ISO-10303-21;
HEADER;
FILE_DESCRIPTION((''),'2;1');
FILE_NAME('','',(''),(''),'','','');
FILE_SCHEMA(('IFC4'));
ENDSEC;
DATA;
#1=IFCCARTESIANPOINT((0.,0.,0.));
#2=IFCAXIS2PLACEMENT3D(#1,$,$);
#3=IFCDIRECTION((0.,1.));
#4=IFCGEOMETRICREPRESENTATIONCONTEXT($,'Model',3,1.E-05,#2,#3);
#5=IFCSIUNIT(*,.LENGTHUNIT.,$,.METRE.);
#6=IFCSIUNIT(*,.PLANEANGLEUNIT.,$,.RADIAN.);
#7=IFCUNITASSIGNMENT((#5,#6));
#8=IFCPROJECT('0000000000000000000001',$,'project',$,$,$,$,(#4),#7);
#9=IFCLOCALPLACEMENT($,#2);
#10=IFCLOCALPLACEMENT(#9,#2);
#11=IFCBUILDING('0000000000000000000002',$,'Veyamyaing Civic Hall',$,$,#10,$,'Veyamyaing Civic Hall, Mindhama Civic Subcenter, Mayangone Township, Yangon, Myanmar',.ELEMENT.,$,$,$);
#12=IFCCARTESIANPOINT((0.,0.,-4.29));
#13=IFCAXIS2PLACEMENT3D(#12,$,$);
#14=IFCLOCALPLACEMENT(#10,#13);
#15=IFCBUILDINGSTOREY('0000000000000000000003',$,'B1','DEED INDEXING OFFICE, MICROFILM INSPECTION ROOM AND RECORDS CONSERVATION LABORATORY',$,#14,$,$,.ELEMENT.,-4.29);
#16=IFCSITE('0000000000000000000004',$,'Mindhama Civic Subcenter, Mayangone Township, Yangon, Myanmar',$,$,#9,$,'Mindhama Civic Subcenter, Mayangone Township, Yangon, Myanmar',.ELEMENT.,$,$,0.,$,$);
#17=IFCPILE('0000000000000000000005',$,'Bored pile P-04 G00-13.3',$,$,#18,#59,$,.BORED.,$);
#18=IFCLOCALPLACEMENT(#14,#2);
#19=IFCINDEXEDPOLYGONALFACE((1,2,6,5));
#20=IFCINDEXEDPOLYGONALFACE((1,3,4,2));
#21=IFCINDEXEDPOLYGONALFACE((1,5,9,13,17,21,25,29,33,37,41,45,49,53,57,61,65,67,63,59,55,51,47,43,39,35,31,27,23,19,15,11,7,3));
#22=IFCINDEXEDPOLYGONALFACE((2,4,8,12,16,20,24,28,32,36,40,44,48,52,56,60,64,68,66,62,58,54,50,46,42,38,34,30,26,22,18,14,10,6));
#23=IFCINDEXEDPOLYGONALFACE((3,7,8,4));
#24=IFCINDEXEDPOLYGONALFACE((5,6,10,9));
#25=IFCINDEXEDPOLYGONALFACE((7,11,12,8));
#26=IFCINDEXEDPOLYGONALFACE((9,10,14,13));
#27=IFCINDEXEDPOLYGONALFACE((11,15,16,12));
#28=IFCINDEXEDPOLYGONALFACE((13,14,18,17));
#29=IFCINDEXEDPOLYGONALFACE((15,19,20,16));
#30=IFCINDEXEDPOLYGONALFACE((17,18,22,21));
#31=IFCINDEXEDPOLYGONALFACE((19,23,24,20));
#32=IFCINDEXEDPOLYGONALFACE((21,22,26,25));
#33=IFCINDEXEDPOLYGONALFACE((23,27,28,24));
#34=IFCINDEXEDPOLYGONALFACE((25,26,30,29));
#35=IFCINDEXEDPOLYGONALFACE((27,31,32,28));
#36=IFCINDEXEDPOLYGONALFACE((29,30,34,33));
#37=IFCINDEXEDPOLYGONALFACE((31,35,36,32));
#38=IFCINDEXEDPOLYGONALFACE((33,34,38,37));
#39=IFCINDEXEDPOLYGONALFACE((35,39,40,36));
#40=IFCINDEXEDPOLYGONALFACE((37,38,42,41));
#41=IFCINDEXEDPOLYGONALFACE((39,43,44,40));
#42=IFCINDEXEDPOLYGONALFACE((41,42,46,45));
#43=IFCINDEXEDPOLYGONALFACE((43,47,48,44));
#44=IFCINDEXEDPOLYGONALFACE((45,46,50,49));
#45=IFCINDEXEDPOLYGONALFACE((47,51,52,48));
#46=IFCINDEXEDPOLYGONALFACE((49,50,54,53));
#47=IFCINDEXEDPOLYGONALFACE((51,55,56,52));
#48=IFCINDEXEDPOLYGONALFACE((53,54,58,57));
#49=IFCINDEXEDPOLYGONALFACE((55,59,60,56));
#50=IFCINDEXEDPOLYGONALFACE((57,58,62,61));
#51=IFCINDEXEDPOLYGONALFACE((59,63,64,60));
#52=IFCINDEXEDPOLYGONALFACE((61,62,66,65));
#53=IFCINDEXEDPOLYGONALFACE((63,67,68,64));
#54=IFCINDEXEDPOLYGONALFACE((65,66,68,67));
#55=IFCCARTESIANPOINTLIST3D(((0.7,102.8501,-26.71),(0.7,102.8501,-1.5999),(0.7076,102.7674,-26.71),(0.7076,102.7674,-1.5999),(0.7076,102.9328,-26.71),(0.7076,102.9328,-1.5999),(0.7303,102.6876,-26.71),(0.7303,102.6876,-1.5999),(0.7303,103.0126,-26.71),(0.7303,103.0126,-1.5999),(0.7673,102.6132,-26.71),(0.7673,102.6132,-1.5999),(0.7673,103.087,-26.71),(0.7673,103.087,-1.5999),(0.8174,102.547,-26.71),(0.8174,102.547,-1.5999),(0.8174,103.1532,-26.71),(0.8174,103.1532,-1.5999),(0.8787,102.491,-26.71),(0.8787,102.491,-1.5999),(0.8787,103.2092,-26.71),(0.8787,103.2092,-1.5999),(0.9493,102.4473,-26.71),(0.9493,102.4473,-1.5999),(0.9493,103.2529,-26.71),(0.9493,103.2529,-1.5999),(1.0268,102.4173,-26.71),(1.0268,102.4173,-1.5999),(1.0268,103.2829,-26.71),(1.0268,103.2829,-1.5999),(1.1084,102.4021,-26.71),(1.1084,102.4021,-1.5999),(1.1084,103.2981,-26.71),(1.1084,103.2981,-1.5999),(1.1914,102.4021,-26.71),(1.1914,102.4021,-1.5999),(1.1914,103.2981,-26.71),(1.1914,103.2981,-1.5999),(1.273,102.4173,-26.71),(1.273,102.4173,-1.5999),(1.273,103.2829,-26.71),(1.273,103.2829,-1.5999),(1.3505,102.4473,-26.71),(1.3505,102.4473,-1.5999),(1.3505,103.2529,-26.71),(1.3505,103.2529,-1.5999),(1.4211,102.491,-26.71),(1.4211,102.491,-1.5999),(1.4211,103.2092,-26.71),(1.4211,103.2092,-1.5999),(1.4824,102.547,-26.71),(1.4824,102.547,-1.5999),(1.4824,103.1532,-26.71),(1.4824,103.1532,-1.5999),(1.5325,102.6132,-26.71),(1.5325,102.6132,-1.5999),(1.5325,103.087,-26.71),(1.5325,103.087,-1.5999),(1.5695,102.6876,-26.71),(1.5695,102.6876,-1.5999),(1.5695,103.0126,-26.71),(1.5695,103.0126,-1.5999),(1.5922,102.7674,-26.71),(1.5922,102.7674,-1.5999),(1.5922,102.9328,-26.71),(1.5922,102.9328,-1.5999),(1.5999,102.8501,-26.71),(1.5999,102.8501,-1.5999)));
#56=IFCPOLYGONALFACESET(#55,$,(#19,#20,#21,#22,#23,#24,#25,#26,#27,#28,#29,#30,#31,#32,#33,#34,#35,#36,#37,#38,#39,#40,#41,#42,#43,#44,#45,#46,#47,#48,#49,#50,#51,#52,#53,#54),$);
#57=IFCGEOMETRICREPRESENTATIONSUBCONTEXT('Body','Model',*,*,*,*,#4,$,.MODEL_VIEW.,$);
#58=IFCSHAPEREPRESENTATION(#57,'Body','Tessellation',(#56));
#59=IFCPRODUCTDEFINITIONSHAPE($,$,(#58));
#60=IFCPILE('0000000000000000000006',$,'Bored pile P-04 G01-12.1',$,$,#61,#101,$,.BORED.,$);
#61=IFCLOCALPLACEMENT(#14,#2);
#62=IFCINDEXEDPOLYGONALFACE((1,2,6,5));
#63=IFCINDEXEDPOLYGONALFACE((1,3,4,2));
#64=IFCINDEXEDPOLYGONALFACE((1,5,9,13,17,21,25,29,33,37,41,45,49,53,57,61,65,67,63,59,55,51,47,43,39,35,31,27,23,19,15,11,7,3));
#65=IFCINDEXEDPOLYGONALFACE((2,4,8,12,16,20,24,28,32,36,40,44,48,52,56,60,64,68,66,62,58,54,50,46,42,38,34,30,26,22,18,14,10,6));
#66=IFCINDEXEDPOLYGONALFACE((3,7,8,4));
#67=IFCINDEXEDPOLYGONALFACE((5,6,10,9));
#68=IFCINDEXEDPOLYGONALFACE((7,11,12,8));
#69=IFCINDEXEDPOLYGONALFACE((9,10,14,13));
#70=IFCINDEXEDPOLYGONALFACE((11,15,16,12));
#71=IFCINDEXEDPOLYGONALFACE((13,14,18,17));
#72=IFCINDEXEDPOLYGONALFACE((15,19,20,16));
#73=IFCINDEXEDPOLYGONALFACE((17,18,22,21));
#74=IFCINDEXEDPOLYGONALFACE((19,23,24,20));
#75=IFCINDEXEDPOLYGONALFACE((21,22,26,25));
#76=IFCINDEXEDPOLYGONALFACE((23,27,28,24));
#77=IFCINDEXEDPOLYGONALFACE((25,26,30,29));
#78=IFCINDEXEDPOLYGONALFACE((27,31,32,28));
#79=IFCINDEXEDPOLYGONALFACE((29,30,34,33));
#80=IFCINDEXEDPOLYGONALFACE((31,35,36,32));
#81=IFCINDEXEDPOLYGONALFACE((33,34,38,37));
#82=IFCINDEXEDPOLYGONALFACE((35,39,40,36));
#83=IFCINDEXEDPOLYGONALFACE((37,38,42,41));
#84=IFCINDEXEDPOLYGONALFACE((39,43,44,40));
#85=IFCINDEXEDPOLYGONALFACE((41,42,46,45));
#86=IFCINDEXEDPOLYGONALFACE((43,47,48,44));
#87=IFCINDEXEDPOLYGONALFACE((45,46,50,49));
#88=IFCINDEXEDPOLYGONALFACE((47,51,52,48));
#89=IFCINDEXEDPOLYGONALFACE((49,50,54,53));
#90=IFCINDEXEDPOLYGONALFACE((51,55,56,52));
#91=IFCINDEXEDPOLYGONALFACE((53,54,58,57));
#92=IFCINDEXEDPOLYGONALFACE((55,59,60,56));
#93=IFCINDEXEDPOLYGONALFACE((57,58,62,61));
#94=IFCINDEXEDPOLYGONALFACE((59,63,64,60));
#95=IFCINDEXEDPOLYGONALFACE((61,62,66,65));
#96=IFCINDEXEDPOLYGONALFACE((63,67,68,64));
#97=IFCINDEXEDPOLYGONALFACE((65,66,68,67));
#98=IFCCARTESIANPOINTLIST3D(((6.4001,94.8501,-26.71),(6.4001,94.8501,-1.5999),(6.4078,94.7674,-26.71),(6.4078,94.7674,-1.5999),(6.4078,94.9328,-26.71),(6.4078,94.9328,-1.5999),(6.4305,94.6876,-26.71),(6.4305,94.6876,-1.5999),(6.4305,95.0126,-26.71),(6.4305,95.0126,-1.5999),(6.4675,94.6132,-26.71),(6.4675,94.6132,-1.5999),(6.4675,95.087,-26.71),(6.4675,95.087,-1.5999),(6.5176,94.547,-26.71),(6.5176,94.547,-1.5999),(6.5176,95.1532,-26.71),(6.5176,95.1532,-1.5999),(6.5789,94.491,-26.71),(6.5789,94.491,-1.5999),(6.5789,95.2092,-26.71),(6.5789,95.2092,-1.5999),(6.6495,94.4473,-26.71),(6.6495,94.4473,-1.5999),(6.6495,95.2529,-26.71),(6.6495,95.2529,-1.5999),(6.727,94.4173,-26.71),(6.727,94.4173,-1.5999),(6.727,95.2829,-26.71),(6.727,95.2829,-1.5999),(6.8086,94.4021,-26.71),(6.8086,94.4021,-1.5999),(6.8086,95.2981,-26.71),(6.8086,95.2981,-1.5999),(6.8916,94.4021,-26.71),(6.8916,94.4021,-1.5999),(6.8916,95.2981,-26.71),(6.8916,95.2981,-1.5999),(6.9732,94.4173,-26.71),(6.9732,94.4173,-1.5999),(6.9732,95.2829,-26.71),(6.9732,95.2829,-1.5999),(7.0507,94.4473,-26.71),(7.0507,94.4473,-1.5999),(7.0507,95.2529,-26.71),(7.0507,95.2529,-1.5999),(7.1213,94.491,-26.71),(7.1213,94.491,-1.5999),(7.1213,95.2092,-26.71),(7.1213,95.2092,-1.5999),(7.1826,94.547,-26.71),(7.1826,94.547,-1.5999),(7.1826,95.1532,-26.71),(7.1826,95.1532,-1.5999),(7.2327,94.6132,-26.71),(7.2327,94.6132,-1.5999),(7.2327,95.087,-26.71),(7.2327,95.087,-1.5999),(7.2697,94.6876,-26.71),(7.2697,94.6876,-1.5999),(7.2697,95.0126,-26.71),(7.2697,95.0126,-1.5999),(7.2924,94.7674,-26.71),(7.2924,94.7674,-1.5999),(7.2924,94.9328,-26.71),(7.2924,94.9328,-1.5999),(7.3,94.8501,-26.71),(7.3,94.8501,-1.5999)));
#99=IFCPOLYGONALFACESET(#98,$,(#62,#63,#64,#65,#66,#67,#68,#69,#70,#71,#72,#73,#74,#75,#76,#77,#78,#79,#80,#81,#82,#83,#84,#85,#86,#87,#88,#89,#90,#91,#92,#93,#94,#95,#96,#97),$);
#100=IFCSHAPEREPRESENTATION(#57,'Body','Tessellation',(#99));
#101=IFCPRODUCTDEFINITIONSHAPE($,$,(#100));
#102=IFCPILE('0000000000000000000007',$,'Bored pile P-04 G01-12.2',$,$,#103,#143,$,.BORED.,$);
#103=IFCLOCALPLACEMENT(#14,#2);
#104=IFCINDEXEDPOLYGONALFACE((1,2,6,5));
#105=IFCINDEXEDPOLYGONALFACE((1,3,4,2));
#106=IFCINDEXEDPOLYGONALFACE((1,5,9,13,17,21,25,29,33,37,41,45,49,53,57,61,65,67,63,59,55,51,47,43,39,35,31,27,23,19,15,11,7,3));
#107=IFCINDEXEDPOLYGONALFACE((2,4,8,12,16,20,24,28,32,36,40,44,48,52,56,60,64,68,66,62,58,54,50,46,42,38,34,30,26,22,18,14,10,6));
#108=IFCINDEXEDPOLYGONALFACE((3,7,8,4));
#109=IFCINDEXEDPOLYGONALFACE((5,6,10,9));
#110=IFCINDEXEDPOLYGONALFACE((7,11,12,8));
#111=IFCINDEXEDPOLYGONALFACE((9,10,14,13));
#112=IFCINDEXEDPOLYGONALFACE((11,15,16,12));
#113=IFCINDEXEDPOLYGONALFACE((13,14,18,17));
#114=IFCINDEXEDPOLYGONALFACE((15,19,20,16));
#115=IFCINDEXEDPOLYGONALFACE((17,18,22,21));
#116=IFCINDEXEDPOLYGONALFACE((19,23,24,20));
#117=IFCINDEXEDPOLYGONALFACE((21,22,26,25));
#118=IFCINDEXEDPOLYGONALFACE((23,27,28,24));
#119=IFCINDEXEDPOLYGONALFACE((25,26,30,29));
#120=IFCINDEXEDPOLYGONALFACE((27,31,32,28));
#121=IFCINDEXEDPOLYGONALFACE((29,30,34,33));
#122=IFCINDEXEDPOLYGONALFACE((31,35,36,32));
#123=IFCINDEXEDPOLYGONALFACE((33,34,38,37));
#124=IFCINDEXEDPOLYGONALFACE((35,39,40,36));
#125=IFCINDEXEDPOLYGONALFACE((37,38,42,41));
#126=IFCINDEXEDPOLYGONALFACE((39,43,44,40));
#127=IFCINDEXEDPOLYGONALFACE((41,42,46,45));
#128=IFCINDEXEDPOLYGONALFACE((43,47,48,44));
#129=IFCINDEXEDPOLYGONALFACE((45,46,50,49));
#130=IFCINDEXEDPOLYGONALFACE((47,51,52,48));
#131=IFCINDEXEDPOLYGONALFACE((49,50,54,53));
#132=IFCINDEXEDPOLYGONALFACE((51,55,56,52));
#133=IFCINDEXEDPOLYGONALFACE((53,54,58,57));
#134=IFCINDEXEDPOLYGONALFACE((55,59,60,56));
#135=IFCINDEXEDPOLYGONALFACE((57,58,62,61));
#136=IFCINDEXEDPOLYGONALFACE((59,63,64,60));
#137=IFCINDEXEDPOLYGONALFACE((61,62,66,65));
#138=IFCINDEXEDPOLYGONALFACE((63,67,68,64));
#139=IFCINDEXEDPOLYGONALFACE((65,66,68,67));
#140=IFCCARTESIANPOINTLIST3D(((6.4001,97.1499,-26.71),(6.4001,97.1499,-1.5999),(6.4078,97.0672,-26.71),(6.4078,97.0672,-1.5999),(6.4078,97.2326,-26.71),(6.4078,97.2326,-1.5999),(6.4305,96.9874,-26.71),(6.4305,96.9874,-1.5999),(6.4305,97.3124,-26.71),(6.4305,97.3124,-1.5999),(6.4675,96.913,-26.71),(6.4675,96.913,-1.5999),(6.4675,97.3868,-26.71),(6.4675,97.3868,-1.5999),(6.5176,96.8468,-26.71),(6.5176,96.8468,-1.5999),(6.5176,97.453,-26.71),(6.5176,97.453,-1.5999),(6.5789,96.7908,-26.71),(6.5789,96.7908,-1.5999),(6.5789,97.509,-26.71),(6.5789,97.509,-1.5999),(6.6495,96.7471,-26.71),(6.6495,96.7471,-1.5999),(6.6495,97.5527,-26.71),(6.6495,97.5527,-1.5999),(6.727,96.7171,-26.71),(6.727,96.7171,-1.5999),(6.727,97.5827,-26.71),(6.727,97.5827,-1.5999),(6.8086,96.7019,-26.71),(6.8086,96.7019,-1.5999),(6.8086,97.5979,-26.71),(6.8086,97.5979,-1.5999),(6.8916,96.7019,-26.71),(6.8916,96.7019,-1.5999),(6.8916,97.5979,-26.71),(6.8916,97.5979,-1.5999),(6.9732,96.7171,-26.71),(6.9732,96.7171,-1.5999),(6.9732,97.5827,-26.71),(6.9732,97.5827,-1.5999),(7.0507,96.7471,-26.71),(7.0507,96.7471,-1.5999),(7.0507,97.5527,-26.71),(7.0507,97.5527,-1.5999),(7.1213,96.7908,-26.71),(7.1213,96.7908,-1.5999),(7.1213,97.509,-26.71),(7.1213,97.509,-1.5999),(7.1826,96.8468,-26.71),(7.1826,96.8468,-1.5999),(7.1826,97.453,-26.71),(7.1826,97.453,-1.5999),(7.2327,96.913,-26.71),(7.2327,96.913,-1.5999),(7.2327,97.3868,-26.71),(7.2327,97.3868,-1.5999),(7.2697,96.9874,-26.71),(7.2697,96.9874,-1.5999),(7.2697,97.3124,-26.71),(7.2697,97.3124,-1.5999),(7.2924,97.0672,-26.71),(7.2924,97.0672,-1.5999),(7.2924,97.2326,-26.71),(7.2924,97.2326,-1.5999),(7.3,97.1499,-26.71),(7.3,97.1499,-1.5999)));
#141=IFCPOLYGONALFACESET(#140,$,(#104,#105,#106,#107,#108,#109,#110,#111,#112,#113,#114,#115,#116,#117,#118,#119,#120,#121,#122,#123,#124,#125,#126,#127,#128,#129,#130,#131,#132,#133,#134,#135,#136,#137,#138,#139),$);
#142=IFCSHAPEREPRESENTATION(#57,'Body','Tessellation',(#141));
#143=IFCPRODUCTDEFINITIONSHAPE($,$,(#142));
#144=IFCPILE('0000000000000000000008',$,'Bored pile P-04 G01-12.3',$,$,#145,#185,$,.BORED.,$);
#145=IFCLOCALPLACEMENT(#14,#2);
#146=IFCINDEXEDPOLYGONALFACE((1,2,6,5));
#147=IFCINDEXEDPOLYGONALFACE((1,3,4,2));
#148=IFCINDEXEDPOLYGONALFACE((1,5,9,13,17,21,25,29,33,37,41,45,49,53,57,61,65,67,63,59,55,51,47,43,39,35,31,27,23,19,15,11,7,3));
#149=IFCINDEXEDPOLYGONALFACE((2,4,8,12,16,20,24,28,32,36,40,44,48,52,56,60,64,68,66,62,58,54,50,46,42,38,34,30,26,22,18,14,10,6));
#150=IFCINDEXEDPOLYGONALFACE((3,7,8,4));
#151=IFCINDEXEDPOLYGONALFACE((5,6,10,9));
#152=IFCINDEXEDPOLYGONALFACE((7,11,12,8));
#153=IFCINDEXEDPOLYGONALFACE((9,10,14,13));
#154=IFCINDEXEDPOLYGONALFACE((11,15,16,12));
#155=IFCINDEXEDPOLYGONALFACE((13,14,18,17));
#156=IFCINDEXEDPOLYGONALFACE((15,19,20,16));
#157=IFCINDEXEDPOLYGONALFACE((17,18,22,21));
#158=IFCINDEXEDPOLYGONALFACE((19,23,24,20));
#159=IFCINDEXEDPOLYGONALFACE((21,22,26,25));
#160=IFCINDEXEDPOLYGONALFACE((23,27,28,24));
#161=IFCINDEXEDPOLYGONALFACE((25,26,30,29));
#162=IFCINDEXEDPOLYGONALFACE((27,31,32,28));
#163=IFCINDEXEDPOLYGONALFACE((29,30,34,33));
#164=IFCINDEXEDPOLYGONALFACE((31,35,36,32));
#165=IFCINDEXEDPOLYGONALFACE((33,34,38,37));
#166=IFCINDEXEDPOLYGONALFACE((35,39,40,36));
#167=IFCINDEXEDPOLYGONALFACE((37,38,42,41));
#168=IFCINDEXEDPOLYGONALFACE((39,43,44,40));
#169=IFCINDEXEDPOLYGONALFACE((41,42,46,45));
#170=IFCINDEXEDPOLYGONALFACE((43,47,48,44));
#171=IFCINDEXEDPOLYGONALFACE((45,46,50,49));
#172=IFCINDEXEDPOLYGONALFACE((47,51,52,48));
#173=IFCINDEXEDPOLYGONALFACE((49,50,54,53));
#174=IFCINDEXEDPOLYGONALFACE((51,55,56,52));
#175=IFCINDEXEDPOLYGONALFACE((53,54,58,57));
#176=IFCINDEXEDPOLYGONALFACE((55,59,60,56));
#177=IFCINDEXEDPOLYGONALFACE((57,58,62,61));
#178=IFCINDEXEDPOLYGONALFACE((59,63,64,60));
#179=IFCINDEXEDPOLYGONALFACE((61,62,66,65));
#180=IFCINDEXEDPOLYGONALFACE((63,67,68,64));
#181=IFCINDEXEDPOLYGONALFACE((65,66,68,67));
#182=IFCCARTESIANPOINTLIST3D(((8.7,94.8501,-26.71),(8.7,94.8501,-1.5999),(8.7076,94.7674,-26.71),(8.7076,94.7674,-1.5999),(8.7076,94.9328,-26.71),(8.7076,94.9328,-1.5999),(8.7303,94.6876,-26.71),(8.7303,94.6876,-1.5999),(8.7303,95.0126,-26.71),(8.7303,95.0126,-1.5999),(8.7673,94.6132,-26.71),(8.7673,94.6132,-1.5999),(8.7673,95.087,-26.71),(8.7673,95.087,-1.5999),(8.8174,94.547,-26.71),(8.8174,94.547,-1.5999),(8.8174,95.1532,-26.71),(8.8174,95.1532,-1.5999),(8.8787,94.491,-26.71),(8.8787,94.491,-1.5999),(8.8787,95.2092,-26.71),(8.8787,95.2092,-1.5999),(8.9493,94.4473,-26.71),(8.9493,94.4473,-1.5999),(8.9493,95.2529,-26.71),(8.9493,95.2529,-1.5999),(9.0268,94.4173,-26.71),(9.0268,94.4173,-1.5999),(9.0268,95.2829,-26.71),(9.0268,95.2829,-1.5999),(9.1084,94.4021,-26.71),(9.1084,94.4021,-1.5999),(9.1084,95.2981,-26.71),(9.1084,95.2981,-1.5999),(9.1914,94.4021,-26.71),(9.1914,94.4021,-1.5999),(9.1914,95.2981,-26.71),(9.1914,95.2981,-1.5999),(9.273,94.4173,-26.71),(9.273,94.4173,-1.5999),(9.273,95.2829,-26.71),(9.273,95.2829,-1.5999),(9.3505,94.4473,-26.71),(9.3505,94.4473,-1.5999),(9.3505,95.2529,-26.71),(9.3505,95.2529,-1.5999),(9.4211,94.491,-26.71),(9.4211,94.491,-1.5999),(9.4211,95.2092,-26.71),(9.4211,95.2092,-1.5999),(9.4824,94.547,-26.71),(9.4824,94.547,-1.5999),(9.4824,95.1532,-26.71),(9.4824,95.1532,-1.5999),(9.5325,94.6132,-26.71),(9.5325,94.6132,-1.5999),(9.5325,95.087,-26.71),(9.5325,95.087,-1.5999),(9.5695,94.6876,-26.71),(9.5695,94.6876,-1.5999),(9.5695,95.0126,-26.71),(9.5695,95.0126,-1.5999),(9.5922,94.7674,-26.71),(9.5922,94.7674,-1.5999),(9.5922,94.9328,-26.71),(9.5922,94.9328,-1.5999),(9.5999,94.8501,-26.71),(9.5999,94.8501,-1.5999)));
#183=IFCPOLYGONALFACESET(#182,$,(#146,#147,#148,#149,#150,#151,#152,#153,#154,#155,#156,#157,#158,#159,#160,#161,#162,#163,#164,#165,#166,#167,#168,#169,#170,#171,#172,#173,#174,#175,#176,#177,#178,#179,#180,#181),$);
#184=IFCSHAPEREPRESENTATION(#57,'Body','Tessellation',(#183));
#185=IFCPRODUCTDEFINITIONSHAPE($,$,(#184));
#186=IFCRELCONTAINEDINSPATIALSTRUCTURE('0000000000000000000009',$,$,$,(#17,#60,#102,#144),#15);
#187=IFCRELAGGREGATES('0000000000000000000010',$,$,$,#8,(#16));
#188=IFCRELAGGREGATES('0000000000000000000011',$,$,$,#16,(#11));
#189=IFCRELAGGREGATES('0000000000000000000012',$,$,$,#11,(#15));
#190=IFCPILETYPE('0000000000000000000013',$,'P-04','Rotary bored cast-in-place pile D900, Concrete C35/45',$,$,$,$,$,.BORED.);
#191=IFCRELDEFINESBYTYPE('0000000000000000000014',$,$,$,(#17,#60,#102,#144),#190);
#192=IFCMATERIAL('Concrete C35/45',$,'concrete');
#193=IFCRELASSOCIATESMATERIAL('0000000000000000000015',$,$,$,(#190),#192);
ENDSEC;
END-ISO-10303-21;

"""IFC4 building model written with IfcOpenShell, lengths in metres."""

from ifc_helpers import new_model, si_unit, direction, frame, origin, origin_2d, place, context, subcontext, project, spatial, circle, extrude, material, material_profile, profile_set, type_object, element, save


model = new_model("IFC4")

# Units and contexts
model_context = context("Model", 3, precision=1e-05, world=origin(), true_north=direction((0.0, 1.0)))
body_context = subcontext(model_context, "Body", "Model", "MODEL_VIEW")
ifc_project = project(units=[si_unit("LENGTHUNIT", "METRE"), si_unit("PLANEANGLEUNIT", "RADIAN")], contexts=[model_context])

# Site, building, storey
site_placement = place(None, origin())
site = spatial("IfcSite", under=ifc_project, at=site_placement, Name="Mindhama Civic Subcenter, Mayangone Township, Yangon, Myanmar", LongName="Mindhama Civic Subcenter, Mayangone Township, Yangon, Myanmar", CompositionType="ELEMENT", RefElevation=0.0)
building_placement = place(site_placement, origin())
building = spatial("IfcBuilding", under=site, at=building_placement, Name="Veyamyaing Civic Hall", LongName="Veyamyaing Civic Hall, Mindhama Civic Subcenter, Mayangone Township, Yangon, Myanmar", CompositionType="ELEMENT")
storey_placement = place(building_placement, frame((0.0, 0.0, -4.29)))
storey = spatial("IfcBuildingStorey", under=building, at=storey_placement, Name="B1", Description="DEED INDEXING OFFICE, MICROFILM INSPECTION ROOM AND RECORDS CONSERVATION LABORATORY", CompositionType="ELEMENT", Elevation=-4.29)

# Piles
ifc_material_1 = material(Name="Concrete C35/45", Category="concrete")
ifc_material_profile_1 = material_profile(ifc_material_1, circle(Radius=0.45, at=origin_2d()), Name="PILE-D900")
ifc_profile_set_1 = profile_set([ifc_material_profile_1], Name="Concrete C35/45")
pile_type_1 = type_object("IfcPileType", Name="P-04", Description="Rotary bored cast-in-place pile D900, Concrete C35/45", PredefinedType="BORED", material=ifc_profile_set_1)
for number, where, z_axis, x_axis, name in (
    (1, (1.1499, 102.8501, -1.5999), (0.0, 0.0, -1.0), (1.0, 0.0, 0.0), "Bored pile P-04 G00-13.3"),
    (2, (6.8501, 94.8501, -1.5999), (0.0, 0.0, -1.0), (1.0, 0.0, 0.0), "Bored pile P-04 G01-12.1"),
    (3, (6.8501, 97.1499, -1.5999), (0.0, 0.0, -1.0), (1.0, 0.0, 0.0), "Bored pile P-04 G01-12.2"),
    (4, (9.1499, 94.8501, -1.5999), (0.0, 0.0, -1.0), (1.0, 0.0, 0.0), "Bored pile P-04 G01-12.3"),
):
    element("IfcPile", number, at=place(storey_placement, frame(where, z_axis=z_axis, x_axis=x_axis)), inside=storey, type_object=pile_type_1, Name=name, PredefinedType="BORED", context=body_context, shape_type="SweptSolid", body=[
        extrude(circle(Radius=0.45, at=origin_2d()), origin(), (0.0, 0.0, 1.0), 25.1101),
    ])

save(model, "model.ifc")
